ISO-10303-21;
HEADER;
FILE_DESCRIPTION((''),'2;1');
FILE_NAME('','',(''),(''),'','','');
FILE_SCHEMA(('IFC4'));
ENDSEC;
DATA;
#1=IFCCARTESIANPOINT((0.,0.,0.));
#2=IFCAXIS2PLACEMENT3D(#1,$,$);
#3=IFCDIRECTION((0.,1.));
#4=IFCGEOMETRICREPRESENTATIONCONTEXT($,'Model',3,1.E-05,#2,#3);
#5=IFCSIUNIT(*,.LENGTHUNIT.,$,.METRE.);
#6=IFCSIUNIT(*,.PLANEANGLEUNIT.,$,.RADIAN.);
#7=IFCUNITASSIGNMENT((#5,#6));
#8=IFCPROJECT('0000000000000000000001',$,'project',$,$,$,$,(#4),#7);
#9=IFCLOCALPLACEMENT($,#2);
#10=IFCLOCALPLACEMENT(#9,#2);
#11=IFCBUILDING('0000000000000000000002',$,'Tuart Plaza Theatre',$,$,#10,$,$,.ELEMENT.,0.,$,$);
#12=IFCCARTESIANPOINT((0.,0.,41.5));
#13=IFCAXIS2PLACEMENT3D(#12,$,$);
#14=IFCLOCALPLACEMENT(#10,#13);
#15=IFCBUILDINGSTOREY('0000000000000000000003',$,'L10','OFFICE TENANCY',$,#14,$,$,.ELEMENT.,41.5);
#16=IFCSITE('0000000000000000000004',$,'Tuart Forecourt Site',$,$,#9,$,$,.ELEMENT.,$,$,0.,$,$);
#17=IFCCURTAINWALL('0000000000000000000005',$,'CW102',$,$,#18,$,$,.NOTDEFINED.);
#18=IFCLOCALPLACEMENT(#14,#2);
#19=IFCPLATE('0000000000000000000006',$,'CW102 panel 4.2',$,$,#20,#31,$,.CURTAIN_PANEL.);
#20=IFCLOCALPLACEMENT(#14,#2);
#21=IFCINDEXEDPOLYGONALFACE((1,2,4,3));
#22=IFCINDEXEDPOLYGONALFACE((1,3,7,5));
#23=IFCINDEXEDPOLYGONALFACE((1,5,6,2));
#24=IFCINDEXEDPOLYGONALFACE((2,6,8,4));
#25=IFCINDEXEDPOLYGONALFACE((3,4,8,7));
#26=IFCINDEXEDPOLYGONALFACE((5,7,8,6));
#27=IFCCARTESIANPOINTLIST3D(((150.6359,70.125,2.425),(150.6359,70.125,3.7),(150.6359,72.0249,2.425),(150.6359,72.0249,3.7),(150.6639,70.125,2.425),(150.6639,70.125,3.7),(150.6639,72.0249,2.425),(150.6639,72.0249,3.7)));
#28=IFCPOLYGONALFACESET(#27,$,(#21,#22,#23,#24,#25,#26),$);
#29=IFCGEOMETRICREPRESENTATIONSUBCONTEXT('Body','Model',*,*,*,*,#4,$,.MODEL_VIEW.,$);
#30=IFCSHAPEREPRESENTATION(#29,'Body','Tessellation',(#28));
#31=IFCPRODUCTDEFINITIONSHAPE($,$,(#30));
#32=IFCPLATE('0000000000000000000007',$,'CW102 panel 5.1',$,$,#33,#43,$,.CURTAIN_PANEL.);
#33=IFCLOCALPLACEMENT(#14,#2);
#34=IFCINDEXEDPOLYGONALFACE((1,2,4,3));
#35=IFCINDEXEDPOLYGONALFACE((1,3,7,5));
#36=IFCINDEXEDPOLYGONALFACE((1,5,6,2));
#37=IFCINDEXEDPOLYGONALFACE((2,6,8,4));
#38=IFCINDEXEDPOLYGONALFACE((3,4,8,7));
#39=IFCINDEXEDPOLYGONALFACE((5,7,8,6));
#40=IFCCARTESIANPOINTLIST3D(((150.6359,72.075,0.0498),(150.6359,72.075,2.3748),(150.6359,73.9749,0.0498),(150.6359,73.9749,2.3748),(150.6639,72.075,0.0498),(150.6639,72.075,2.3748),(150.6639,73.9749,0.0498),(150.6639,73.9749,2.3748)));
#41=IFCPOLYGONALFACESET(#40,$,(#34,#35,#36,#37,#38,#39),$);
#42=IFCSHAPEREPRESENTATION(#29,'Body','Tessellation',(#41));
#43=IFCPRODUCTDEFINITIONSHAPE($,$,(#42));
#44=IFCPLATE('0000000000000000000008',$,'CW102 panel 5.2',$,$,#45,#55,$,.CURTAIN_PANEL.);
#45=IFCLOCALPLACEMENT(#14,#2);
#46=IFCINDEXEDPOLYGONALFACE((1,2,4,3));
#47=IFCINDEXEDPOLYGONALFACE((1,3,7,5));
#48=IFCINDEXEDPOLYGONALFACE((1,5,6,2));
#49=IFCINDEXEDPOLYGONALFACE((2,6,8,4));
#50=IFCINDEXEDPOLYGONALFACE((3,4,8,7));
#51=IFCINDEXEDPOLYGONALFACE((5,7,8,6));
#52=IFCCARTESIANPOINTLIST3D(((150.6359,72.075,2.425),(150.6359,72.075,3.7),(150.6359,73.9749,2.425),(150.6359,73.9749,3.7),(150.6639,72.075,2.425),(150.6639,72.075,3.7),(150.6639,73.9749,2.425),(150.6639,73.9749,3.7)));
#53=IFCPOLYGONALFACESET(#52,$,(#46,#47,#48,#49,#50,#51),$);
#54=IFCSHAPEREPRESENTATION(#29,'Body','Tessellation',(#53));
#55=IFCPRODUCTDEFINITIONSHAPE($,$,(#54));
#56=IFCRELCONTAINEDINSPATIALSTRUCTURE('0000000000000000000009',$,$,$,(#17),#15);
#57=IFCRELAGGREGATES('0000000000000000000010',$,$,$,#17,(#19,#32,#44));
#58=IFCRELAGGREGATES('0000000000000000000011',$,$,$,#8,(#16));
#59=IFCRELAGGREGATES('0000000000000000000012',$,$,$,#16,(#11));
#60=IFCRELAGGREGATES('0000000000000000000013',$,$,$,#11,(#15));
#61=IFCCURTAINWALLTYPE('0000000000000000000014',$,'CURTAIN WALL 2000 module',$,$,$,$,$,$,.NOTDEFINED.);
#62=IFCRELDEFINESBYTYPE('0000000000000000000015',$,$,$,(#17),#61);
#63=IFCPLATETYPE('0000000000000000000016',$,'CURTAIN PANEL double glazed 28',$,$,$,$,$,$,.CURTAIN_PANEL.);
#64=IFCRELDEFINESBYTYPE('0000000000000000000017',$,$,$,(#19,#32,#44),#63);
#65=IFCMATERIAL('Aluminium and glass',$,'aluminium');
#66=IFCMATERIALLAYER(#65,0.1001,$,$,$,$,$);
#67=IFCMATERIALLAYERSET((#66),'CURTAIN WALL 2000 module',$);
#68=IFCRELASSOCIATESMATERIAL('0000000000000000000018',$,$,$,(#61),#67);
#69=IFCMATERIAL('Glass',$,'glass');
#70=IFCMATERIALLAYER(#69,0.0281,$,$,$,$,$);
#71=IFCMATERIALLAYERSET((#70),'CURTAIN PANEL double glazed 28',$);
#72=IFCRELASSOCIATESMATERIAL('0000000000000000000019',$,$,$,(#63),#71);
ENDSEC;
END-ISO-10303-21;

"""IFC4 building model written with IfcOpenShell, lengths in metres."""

from ifc_helpers import new_model, si_unit, direction, frame, origin, origin_2d, place, context, subcontext, project, spatial, rectangle, extrude, material, layer, layer_set, type_object, element, aggregate, save


model = new_model("IFC4")

# Units and contexts
model_context = context("Model", 3, precision=1e-05, world=origin(), true_north=direction((0.0, 1.0)))
body_context = subcontext(model_context, "Body", "Model", "MODEL_VIEW")
ifc_project = project(units=[si_unit("LENGTHUNIT", "METRE"), si_unit("PLANEANGLEUNIT", "RADIAN")], contexts=[model_context])

# Site, building, storey
site_placement = place(None, origin())
site = spatial("IfcSite", under=ifc_project, at=site_placement, Name="Tuart Forecourt Site", CompositionType="ELEMENT", RefElevation=0.0)
building_placement = place(site_placement, origin())
building = spatial("IfcBuilding", under=site, at=building_placement, Name="Tuart Plaza Theatre", CompositionType="ELEMENT", ElevationOfRefHeight=0.0)
storey_placement = place(building_placement, frame((0.0, 0.0, 41.5)))
storey = spatial("IfcBuildingStorey", under=building, at=storey_placement, Name="L10", Description="OFFICE TENANCY", CompositionType="ELEMENT", Elevation=41.5)

# Curtain wall
ifc_material_1 = material(Name="Aluminium and glass", Category="aluminium")
ifc_layer_1 = layer(ifc_material_1, 0.1001)
ifc_layer_set_1 = layer_set([ifc_layer_1], Name="CURTAIN WALL 2000 module")
curtain_wall_type = type_object("IfcCurtainWallType", Name="CURTAIN WALL 2000 module", PredefinedType="NOTDEFINED", material=ifc_layer_set_1)
curtain_wall_1_placement = place(storey_placement, origin())
curtain_wall_1 = element("IfcCurtainWall", 1, at=curtain_wall_1_placement, inside=storey, type_object=curtain_wall_type, Name="CW102", PredefinedType="NOTDEFINED")

# Plates
ifc_material_2 = material(Name="Glass", Category="glass")
ifc_layer_2 = layer(ifc_material_2, 0.0281)
ifc_layer_set_2 = layer_set([ifc_layer_2], Name="CURTAIN PANEL double glazed 28")
plate_type = type_object("IfcPlateType", Name="CURTAIN PANEL double glazed 28", PredefinedType="CURTAIN_PANEL", material=ifc_layer_set_2)
plate_1_placement = place(storey_placement, frame((150.6499, 71.075, 2.425), z_axis=(0.0, 0.0, 1.0), x_axis=(0.0, 1.0, 0.0)))
plate_1 = element("IfcPlate", 2, at=plate_1_placement, type_object=plate_type, Name="CW102 panel 4.2", PredefinedType="CURTAIN_PANEL", context=body_context, shape_type="SweptSolid", body=[
    extrude(rectangle(XDim=1.8999, YDim=0.0281, at=origin_2d()), origin(), (0.0, 0.0, 1.0), 1.2749),
])
plate_2_placement = place(storey_placement, frame((150.6499, 73.0249, 0.0498), z_axis=(0.0, 0.0, 1.0), x_axis=(0.0, 1.0, 0.0)))
plate_2 = element("IfcPlate", 3, at=plate_2_placement, type_object=plate_type, Name="CW102 panel 5.1", PredefinedType="CURTAIN_PANEL", context=body_context, shape_type="SweptSolid", body=[
    extrude(rectangle(XDim=1.8999, YDim=0.0281, at=origin_2d()), origin(), (0.0, 0.0, 1.0), 2.325),
])
plate_3_placement = place(storey_placement, frame((150.6499, 73.0249, 2.425), z_axis=(0.0, 0.0, 1.0), x_axis=(0.0, 1.0, 0.0)))
plate_3 = element("IfcPlate", 4, at=plate_3_placement, type_object=plate_type, Name="CW102 panel 5.2", PredefinedType="CURTAIN_PANEL", context=body_context, shape_type="SweptSolid", body=[
    extrude(rectangle(XDim=1.8999, YDim=0.0281, at=origin_2d()), origin(), (0.0, 0.0, 1.0), 1.2749),
])
aggregate(curtain_wall_1, [plate_1, plate_2, plate_3])

save(model, "model.ifc")
